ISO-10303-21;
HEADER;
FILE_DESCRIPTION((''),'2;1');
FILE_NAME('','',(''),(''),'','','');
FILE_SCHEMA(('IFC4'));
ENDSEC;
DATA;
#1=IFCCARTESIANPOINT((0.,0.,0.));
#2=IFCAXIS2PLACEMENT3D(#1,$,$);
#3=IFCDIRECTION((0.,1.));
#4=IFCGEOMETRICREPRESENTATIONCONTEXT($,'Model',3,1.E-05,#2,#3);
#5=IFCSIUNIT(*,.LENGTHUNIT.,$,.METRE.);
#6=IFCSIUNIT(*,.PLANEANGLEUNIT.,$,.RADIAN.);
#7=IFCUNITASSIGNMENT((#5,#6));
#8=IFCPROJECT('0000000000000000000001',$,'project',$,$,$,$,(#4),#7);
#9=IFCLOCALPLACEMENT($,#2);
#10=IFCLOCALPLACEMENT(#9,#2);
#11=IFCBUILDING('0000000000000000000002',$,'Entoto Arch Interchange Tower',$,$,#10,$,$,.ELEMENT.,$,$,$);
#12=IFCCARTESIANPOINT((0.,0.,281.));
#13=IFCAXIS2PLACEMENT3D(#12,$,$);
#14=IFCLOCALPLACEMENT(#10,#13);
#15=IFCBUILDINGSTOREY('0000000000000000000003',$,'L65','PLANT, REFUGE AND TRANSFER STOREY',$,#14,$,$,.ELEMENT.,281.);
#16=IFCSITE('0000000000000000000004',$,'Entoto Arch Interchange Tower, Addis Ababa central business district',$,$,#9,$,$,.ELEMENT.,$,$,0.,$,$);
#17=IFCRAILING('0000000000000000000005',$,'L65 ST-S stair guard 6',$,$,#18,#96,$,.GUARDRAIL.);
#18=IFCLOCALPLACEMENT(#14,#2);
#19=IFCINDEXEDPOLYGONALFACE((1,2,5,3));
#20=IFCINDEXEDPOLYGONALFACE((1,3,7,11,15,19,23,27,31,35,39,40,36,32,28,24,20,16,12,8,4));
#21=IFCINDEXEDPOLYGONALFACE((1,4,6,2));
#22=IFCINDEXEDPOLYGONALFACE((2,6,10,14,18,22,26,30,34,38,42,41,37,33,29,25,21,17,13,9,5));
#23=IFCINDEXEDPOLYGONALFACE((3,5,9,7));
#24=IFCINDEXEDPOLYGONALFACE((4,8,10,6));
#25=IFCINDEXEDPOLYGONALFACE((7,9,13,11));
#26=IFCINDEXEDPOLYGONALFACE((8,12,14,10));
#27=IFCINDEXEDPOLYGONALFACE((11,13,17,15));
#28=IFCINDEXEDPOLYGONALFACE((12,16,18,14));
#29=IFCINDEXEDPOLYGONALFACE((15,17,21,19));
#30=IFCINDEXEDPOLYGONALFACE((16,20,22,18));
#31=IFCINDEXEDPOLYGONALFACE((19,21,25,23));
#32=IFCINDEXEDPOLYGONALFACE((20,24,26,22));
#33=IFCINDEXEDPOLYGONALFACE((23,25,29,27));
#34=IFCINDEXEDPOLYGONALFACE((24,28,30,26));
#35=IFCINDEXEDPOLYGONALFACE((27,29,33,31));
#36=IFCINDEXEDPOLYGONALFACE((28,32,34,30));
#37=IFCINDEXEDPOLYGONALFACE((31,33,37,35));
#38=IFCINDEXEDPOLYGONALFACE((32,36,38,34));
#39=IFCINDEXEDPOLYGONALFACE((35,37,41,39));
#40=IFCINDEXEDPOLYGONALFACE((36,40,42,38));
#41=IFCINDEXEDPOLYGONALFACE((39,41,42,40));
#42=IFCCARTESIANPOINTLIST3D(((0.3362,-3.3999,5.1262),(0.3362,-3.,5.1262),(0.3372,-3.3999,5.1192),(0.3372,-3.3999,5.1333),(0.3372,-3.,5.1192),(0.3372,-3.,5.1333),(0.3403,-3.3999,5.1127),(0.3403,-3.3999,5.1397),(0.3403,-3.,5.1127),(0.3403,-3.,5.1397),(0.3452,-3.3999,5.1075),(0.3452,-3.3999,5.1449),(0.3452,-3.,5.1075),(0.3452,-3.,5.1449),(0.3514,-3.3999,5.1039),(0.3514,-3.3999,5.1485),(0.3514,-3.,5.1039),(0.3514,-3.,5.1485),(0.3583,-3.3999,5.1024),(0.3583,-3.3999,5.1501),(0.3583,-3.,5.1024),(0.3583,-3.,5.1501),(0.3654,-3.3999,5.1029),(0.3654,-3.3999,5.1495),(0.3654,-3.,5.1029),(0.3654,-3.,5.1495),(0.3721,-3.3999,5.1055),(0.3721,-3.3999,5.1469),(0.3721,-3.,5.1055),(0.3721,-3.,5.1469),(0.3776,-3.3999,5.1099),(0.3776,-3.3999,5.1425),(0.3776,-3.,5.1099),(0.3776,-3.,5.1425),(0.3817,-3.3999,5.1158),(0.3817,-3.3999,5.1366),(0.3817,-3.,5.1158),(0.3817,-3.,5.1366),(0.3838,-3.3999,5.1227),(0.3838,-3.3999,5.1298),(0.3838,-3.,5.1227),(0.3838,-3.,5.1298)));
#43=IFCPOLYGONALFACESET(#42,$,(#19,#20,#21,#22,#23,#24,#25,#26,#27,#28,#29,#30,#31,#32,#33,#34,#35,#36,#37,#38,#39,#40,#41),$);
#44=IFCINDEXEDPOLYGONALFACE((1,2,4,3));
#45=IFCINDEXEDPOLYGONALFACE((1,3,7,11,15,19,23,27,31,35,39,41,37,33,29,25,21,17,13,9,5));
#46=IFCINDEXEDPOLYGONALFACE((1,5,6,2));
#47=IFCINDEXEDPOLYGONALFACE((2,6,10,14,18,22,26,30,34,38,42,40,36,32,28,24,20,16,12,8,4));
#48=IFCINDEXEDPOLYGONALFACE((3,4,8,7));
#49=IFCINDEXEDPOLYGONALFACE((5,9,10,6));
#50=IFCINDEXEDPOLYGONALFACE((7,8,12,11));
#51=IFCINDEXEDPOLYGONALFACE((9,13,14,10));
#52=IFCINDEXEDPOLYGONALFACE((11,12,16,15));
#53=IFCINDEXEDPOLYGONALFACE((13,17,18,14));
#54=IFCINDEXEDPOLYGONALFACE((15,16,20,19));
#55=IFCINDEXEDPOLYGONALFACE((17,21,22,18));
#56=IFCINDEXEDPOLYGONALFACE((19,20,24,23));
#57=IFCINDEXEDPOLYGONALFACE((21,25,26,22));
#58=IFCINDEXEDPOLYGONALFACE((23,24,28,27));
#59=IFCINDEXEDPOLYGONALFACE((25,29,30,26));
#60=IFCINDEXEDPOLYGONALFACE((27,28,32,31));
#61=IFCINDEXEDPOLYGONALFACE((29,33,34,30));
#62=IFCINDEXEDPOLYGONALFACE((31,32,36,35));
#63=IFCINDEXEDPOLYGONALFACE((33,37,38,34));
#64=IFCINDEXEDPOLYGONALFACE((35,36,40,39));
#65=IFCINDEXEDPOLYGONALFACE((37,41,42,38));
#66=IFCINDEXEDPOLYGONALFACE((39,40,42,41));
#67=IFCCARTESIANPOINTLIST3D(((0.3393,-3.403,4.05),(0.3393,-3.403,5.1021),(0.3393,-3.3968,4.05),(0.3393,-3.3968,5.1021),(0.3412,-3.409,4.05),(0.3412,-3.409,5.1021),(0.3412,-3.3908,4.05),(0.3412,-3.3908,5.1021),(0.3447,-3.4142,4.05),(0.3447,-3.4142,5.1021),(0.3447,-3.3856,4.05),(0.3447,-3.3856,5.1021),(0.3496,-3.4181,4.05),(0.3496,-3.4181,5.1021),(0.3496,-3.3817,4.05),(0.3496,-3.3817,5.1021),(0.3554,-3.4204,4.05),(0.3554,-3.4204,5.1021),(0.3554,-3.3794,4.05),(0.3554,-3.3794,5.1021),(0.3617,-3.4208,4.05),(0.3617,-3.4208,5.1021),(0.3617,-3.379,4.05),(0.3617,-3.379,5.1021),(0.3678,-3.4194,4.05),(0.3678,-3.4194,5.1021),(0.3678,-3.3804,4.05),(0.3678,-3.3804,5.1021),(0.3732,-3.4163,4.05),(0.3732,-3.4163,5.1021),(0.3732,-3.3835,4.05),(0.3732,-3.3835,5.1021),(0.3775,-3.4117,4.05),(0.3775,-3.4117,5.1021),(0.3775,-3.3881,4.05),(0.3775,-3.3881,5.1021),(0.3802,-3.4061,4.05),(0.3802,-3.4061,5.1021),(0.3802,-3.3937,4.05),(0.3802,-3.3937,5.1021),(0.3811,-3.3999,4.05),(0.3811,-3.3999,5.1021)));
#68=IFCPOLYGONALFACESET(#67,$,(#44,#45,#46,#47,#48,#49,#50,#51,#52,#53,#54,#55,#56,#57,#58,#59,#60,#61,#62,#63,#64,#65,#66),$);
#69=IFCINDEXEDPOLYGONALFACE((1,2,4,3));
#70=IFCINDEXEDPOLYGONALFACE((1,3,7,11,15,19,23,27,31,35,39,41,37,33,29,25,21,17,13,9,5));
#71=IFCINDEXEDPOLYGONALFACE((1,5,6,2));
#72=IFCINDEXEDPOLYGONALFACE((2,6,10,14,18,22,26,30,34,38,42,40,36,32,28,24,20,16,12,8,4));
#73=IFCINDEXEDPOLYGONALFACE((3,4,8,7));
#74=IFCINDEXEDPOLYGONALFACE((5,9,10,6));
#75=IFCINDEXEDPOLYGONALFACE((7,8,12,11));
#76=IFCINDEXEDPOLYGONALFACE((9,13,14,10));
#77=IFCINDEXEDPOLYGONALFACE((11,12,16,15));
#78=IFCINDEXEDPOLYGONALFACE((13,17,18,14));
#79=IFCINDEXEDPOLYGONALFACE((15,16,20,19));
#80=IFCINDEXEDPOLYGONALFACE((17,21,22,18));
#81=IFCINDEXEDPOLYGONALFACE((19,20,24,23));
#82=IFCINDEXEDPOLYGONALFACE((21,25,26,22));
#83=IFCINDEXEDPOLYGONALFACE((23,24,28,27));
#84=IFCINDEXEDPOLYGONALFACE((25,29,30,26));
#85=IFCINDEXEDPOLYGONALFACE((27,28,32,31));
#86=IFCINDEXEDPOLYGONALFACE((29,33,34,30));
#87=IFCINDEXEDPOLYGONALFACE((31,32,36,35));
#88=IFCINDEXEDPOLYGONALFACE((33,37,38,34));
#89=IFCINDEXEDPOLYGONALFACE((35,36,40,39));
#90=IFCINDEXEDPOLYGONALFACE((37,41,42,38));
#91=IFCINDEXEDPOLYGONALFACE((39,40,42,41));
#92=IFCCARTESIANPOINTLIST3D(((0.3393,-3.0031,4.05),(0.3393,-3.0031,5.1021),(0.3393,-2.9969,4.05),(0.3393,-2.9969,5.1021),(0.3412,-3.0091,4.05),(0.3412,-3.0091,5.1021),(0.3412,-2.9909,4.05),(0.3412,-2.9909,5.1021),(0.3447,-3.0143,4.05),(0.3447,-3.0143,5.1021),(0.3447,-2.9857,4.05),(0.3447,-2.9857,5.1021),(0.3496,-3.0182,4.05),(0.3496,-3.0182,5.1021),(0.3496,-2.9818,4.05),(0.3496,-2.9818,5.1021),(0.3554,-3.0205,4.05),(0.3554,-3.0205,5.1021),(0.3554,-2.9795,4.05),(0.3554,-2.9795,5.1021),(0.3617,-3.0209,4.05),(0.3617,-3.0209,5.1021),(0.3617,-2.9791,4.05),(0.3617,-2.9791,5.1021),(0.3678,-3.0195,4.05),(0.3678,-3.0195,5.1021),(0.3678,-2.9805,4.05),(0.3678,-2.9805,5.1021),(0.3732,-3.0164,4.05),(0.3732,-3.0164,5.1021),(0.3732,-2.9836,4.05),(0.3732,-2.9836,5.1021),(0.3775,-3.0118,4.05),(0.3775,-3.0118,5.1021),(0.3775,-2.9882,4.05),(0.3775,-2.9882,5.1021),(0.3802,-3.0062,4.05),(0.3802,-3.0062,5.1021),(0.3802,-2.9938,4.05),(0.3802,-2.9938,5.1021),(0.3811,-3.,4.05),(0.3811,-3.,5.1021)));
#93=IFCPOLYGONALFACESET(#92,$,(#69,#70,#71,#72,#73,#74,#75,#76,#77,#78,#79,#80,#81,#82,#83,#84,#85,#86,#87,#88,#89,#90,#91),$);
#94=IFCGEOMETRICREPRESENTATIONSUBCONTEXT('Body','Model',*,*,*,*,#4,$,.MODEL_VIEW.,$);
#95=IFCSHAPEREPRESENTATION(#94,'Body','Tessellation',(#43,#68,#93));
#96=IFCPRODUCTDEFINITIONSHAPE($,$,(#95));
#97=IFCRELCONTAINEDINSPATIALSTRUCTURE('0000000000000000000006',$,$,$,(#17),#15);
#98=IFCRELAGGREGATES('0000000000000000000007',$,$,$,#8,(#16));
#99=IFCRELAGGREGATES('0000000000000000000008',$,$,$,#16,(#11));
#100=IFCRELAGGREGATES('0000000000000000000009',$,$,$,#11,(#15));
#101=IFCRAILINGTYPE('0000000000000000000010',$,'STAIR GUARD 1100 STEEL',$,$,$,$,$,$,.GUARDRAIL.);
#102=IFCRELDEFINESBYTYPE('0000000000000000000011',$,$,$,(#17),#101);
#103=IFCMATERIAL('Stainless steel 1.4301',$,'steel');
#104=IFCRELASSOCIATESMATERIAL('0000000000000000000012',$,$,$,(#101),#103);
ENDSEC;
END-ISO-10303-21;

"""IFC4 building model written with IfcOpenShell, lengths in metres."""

from ifc_helpers import new_model, si_unit, direction, frame, origin, origin_2d, place, context, subcontext, project, spatial, circle, extrude, material, type_object, element, save


model = new_model("IFC4")

# Units and contexts
model_context = context("Model", 3, precision=1e-05, world=origin(), true_north=direction((0.0, 1.0)))
body_context = subcontext(model_context, "Body", "Model", "MODEL_VIEW")
ifc_project = project(units=[si_unit("LENGTHUNIT", "METRE"), si_unit("PLANEANGLEUNIT", "RADIAN")], contexts=[model_context])

# Site, building, storey
site_placement = place(None, origin())
site = spatial("IfcSite", under=ifc_project, at=site_placement, Name="Entoto Arch Interchange Tower, Addis Ababa central business district", CompositionType="ELEMENT", RefElevation=0.0)
building_placement = place(site_placement, origin())
building = spatial("IfcBuilding", under=site, at=building_placement, Name="Entoto Arch Interchange Tower", CompositionType="ELEMENT")
storey_placement = place(building_placement, frame((0.0, 0.0, 281.0)))
storey = spatial("IfcBuildingStorey", under=building, at=storey_placement, Name="L65", Description="PLANT, REFUGE AND TRANSFER STOREY", CompositionType="ELEMENT", Elevation=281.0)

# Railing
ifc_material_1 = material(Name="Stainless steel 1.4301", Category="steel")
railing_type_1 = type_object("IfcRailingType", Name="STAIR GUARD 1100 STEEL", PredefinedType="GUARDRAIL", material=ifc_material_1)
railing_1_placement = place(storey_placement, frame((0.3601, -3.3999, 4.05)))
element("IfcRailing", 1, at=railing_1_placement, inside=storey, type_object=railing_type_1, Name="L65 ST-S stair guard 6", PredefinedType="GUARDRAIL", context=body_context, shape_type="SweptSolid", body=[
    extrude(circle(Radius=0.0239, at=origin_2d()), frame((0.0, 0.0, 1.0762), z_axis=(0.0, 1.0, 0.0), x_axis=(-1.0, 0.0, 0.0)), (0.0, 0.0, 1.0), 0.3999),
    extrude(circle(Radius=0.021, at=origin_2d()), origin(), (0.0, 0.0, 1.0), 1.052),
    extrude(circle(Radius=0.021, at=origin_2d()), frame((0.0, 0.3999, 0.0)), (0.0, 0.0, 1.0), 1.052),
])

save(model, "model.ifc")
